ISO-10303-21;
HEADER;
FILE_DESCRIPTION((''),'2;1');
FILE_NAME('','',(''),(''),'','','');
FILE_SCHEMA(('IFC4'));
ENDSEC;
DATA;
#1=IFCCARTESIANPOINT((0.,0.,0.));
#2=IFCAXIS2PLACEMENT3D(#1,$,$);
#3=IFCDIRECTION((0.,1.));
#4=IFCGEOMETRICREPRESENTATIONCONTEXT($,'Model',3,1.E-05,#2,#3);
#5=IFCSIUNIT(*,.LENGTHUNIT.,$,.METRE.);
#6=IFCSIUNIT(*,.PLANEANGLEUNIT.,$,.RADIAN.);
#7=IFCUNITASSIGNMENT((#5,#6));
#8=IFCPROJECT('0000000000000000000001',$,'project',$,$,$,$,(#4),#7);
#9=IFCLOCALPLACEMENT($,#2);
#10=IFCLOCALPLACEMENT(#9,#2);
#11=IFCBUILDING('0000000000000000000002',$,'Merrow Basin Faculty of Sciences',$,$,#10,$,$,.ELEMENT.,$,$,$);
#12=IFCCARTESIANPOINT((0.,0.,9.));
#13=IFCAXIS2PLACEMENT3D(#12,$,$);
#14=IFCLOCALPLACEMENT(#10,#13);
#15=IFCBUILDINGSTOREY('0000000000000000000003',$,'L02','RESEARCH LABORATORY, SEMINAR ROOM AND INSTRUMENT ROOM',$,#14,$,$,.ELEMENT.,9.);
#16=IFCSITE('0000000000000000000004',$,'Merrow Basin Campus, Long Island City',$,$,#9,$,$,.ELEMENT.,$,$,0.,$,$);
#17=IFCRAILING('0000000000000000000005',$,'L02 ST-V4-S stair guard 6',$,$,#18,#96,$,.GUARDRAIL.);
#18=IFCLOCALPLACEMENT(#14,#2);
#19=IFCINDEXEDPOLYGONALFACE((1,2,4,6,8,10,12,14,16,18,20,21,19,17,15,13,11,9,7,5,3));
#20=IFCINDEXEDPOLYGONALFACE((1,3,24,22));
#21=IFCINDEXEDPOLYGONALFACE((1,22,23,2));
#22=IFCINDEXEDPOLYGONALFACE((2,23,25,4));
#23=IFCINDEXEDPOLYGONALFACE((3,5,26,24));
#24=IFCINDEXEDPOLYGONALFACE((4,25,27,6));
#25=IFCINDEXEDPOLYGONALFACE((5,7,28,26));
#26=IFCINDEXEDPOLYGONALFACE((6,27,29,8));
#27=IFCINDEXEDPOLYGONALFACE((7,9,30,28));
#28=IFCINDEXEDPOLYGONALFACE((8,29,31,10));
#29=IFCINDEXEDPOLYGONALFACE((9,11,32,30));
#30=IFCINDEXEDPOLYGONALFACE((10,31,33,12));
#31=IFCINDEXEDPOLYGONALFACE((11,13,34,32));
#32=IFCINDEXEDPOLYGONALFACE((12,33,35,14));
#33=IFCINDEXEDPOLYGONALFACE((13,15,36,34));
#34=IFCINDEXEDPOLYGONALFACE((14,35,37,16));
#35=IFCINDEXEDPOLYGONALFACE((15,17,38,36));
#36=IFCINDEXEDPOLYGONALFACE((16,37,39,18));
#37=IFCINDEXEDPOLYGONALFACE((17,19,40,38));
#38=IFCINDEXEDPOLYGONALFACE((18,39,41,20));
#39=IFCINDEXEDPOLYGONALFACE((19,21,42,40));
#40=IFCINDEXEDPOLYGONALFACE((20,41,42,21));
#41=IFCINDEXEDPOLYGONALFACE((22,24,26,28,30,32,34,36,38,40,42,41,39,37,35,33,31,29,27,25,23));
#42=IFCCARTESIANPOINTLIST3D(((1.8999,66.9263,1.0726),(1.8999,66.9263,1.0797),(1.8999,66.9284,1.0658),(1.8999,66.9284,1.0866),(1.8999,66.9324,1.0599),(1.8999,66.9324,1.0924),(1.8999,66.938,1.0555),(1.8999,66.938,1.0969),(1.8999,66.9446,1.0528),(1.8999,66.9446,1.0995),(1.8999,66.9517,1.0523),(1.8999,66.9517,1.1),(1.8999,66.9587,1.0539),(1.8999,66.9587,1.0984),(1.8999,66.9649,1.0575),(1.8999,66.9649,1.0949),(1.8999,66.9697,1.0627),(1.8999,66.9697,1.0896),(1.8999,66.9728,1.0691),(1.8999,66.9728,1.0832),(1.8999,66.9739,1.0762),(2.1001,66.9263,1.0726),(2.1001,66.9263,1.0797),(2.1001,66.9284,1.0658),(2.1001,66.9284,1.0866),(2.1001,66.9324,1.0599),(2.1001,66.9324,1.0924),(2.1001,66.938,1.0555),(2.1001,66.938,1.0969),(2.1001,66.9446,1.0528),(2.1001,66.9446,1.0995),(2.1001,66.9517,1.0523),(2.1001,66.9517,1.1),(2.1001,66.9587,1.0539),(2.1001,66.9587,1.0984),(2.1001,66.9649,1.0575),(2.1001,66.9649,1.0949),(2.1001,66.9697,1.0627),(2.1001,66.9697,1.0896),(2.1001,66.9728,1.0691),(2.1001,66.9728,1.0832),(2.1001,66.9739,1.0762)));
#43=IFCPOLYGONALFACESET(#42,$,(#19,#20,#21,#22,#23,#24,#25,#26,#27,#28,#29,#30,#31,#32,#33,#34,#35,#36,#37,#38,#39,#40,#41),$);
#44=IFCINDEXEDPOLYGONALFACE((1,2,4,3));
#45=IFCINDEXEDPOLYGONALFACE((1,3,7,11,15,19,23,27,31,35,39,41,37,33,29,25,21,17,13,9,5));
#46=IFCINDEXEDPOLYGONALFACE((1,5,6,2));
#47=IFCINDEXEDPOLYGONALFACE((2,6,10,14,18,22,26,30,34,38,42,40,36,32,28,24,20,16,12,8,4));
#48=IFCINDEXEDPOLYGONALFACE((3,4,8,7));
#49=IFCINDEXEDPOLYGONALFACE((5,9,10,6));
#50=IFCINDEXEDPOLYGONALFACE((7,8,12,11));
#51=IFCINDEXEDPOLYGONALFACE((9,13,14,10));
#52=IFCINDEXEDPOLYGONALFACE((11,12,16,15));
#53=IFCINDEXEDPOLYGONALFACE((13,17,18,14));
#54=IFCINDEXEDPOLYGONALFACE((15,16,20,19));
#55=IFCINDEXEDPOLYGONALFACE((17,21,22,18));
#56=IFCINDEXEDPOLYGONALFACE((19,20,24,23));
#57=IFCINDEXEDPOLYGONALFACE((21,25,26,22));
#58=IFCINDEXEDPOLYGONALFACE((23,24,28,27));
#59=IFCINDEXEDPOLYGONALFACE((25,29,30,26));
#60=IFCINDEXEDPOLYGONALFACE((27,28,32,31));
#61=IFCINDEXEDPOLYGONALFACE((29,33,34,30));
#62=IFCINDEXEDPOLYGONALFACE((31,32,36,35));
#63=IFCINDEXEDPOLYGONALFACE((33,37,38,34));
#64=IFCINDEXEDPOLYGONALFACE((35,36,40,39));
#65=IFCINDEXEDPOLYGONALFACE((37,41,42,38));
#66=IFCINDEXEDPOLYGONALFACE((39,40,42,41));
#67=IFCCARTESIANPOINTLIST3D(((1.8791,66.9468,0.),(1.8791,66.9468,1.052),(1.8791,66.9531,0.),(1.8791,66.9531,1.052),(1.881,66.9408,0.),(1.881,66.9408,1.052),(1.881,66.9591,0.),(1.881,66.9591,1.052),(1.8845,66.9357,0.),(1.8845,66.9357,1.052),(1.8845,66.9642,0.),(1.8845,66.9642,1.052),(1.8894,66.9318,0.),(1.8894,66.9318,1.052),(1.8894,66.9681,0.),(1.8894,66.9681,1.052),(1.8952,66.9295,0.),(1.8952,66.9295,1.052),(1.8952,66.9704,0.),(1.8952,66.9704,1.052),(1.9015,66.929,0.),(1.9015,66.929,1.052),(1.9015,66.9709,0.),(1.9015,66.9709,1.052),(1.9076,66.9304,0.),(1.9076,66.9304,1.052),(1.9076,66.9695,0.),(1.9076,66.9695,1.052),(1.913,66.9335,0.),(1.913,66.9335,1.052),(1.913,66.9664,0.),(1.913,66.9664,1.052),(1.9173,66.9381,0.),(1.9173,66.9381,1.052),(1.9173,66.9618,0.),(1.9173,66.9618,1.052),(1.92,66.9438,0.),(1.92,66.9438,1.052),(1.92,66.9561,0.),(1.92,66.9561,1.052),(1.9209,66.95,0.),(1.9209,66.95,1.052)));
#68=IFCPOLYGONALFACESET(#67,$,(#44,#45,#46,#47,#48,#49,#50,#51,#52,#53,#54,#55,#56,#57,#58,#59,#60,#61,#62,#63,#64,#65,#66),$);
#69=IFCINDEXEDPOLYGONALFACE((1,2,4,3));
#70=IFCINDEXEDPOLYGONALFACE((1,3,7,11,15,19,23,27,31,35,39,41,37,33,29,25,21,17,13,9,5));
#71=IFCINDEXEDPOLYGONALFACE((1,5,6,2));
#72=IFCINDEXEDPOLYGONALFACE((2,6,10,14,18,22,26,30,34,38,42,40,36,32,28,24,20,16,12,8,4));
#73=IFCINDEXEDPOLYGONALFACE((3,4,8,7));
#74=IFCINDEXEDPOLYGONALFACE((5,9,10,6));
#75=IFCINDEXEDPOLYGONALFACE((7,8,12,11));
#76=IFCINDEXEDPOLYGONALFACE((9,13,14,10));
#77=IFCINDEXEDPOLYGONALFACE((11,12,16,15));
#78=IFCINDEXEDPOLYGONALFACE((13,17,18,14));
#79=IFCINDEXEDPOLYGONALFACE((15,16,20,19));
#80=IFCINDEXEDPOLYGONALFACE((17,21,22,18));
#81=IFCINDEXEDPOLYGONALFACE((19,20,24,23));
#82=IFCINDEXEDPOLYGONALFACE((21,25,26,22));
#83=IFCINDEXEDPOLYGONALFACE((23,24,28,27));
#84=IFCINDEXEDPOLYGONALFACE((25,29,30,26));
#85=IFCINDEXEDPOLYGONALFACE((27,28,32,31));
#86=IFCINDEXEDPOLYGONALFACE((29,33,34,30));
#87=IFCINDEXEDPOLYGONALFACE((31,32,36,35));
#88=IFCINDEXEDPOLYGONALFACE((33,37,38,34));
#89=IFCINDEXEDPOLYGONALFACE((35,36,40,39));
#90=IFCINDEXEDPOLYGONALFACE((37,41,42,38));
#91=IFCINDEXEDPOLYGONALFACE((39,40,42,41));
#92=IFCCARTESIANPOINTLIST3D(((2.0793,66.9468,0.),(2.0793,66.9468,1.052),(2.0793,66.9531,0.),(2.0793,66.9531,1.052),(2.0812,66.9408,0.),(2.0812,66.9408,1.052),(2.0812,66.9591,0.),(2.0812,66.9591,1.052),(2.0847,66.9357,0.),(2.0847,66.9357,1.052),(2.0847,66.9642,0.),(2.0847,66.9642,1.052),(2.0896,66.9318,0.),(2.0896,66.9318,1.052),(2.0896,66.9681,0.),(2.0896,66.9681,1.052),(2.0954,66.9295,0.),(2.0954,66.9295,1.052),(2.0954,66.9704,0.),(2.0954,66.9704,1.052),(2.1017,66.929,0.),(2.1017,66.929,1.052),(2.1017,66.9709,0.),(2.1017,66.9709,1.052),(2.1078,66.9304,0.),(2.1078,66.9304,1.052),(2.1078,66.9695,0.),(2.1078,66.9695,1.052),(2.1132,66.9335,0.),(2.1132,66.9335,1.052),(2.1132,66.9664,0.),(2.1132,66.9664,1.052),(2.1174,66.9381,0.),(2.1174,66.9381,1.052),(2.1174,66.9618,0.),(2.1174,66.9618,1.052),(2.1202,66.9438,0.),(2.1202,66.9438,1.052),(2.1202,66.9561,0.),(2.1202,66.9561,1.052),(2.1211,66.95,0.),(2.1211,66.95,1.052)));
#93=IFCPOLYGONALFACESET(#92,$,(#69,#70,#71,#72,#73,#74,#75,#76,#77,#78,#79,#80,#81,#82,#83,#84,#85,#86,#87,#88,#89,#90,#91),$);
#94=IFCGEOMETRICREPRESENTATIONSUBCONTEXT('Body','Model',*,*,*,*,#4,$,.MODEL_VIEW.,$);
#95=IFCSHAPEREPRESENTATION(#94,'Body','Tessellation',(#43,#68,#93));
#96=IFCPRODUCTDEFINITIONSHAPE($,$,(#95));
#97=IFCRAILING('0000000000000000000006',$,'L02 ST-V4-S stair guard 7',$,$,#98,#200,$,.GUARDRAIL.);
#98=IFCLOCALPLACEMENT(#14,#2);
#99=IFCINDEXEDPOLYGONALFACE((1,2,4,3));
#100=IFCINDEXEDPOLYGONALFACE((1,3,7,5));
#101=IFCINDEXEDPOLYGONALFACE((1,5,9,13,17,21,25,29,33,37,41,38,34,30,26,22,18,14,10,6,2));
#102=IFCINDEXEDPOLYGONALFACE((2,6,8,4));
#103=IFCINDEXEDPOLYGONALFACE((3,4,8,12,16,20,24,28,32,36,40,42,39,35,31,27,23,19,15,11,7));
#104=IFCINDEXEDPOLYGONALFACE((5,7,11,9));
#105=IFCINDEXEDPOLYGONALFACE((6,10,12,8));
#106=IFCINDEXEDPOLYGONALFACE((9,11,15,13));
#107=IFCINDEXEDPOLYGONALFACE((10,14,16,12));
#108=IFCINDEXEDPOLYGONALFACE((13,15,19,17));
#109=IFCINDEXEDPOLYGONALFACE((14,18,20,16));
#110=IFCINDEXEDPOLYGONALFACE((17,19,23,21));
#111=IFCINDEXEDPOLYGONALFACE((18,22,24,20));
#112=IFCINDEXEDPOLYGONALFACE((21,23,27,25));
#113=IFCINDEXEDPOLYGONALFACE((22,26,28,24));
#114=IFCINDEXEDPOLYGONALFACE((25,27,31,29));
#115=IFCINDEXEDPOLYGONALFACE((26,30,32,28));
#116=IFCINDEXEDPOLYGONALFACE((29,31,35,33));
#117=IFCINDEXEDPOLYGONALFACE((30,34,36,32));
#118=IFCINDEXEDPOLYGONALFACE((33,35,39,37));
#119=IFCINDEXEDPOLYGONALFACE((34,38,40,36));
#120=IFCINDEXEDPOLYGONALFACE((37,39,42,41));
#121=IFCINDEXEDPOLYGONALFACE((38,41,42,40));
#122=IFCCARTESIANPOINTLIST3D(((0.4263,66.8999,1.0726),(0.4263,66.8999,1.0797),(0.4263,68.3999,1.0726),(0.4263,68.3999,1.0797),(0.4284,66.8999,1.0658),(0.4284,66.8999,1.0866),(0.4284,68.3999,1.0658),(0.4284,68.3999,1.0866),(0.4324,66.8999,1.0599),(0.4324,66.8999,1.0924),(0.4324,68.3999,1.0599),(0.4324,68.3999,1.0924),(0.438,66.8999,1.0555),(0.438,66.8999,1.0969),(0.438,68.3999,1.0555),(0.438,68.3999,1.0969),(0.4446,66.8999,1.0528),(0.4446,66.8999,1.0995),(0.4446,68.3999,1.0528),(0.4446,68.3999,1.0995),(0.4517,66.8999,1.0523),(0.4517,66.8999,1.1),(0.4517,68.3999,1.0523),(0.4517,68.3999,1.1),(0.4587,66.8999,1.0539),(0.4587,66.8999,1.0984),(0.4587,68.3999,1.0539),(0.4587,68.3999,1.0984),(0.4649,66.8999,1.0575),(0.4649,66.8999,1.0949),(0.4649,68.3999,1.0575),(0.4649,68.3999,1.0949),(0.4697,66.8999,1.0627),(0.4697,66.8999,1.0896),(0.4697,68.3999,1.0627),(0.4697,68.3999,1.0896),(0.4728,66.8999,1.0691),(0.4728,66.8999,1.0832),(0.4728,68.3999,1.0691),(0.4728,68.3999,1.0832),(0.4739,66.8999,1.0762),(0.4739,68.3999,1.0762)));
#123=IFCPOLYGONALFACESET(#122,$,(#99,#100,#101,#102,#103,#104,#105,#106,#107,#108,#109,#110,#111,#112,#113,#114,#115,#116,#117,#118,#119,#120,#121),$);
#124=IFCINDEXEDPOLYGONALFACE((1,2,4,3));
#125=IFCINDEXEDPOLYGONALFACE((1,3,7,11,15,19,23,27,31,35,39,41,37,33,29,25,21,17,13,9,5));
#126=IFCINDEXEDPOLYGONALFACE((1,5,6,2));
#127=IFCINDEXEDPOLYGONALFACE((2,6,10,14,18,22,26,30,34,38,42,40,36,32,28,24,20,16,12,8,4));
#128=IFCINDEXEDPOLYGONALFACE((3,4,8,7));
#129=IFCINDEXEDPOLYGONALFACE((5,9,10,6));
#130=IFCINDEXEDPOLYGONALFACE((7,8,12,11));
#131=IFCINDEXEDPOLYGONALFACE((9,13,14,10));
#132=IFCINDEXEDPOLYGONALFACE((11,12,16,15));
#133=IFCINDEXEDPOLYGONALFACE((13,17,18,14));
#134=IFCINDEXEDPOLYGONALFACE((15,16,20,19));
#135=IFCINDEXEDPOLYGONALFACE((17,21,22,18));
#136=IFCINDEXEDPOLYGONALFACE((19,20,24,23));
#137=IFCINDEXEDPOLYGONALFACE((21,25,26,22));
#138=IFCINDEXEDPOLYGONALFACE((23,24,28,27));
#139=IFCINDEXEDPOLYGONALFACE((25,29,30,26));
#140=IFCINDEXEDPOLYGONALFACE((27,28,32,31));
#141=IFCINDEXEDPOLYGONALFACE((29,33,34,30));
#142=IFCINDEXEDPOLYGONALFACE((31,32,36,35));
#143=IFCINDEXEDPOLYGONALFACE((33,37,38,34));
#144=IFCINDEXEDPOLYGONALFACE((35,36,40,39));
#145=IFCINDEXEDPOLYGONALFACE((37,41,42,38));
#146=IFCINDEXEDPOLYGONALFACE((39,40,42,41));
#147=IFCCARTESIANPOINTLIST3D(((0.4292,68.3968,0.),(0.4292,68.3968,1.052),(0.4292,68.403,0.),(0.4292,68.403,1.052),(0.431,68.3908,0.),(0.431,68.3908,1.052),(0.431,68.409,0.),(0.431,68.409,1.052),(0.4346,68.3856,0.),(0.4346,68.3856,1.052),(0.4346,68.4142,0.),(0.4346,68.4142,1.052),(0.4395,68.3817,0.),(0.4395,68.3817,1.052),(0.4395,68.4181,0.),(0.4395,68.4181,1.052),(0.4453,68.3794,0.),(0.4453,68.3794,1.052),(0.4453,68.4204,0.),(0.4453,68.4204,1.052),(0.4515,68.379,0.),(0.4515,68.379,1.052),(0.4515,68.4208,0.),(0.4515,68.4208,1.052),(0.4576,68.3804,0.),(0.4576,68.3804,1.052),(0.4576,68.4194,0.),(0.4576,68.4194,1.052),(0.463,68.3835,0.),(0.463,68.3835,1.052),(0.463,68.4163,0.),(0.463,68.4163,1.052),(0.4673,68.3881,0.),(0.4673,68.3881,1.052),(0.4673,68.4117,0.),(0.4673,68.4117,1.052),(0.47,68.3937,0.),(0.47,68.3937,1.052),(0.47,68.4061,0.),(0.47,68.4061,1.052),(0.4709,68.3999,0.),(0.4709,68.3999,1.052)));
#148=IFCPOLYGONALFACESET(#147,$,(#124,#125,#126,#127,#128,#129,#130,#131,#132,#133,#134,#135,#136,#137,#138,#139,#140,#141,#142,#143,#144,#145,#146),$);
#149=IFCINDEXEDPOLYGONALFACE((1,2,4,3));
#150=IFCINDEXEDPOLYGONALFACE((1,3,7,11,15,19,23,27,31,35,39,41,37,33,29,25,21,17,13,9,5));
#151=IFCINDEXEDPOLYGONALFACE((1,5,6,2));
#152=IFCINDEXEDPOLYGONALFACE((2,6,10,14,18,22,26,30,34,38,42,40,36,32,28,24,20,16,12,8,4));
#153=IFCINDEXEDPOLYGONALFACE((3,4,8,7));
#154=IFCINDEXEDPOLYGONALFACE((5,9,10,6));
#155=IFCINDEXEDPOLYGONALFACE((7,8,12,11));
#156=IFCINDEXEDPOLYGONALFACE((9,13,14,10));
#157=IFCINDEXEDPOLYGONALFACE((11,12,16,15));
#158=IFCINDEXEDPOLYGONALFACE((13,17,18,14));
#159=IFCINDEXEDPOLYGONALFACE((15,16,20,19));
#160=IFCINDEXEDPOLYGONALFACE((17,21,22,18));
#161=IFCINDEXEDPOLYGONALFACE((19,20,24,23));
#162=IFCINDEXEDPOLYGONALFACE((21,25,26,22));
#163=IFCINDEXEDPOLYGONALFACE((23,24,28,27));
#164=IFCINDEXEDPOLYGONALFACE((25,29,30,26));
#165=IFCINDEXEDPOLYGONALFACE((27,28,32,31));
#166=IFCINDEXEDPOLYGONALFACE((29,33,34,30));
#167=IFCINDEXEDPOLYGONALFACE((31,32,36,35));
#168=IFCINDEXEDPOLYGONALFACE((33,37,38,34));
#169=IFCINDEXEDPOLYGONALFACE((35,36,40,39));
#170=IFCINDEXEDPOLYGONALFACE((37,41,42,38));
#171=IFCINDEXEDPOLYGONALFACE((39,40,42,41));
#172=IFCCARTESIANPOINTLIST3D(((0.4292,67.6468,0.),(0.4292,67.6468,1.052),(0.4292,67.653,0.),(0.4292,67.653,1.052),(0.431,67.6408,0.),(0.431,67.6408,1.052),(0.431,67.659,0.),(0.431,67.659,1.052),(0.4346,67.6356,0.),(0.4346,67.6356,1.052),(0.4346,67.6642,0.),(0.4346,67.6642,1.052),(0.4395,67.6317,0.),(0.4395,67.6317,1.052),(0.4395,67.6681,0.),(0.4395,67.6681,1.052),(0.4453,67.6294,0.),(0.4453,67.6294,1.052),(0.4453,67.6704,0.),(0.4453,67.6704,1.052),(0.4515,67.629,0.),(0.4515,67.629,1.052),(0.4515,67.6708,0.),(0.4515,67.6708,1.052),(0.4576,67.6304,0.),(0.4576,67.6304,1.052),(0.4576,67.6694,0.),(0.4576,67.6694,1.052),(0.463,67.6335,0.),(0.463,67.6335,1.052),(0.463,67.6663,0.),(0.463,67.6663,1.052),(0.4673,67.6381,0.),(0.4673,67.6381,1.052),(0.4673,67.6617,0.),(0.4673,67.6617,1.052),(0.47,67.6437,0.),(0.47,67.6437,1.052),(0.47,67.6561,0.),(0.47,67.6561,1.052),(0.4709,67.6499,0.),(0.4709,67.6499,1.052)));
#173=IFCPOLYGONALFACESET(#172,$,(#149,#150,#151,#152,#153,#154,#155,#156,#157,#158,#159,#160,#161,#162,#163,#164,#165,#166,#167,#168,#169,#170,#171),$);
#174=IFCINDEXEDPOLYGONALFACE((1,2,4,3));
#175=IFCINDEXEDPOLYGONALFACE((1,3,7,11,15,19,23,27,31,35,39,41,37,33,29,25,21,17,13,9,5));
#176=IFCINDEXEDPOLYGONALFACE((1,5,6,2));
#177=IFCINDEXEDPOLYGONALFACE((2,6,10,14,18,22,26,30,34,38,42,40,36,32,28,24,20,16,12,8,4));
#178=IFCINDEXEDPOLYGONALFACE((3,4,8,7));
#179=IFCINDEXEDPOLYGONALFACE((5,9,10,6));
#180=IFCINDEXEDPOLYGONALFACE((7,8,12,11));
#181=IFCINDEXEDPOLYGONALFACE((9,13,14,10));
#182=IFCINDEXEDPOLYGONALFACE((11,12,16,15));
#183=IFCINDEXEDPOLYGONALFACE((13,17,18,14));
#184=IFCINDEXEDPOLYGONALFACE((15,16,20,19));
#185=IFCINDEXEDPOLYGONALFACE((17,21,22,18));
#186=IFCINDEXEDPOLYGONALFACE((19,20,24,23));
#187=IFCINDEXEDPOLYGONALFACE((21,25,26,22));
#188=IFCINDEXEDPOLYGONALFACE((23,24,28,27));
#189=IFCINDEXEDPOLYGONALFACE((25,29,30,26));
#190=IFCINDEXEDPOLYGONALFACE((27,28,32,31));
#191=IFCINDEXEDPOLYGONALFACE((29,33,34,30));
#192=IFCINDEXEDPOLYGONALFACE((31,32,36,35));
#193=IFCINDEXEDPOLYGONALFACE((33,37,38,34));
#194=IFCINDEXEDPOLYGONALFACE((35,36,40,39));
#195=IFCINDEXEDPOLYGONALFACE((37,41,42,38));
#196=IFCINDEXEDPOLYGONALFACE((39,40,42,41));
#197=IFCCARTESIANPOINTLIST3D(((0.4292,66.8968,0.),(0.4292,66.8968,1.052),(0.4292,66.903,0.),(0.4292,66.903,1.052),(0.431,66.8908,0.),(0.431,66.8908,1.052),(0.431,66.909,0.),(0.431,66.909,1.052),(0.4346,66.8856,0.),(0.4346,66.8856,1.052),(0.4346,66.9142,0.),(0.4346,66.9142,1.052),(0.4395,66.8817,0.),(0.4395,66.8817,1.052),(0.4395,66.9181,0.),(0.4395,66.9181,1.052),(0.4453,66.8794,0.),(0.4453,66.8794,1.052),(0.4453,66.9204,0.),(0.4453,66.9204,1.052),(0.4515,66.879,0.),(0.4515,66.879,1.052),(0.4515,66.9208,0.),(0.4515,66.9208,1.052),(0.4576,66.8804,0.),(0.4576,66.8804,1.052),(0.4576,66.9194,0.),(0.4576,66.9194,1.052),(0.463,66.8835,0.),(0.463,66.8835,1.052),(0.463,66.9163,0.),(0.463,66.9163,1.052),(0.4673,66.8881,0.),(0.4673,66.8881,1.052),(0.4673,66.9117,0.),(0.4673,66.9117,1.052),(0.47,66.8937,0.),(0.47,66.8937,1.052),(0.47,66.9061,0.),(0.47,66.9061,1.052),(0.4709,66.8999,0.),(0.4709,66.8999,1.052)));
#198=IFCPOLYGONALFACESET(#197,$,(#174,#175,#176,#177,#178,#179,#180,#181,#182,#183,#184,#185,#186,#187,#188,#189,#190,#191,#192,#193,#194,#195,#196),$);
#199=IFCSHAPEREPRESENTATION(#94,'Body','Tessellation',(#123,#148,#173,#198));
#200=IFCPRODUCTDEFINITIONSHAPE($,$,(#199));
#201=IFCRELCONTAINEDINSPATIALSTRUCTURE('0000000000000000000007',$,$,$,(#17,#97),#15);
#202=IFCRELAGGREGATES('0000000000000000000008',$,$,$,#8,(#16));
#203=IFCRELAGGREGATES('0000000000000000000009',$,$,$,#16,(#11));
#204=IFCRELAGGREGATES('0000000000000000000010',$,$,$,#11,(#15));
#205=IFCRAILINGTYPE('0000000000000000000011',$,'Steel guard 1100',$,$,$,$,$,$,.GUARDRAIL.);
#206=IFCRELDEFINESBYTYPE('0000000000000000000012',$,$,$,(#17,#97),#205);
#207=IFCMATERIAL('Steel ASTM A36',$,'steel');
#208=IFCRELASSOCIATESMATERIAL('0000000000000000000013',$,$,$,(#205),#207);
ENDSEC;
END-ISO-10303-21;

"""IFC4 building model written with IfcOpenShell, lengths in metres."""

from ifc_helpers import new_model, si_unit, direction, frame, origin, origin_2d, place, context, subcontext, project, spatial, circle, extrude, material, type_object, element, save


model = new_model("IFC4")

# Units and contexts
model_context = context("Model", 3, precision=1e-05, world=origin(), true_north=direction((0.0, 1.0)))
body_context = subcontext(model_context, "Body", "Model", "MODEL_VIEW")
ifc_project = project(units=[si_unit("LENGTHUNIT", "METRE"), si_unit("PLANEANGLEUNIT", "RADIAN")], contexts=[model_context])

# Site, building, storey
site_placement = place(None, origin())
site = spatial("IfcSite", under=ifc_project, at=site_placement, Name="Merrow Basin Campus, Long Island City", CompositionType="ELEMENT", RefElevation=0.0)
building_placement = place(site_placement, origin())
building = spatial("IfcBuilding", under=site, at=building_placement, Name="Merrow Basin Faculty of Sciences", CompositionType="ELEMENT")
storey_placement = place(building_placement, frame((0.0, 0.0, 9.0)))
storey = spatial("IfcBuildingStorey", under=building, at=storey_placement, Name="L02", Description="RESEARCH LABORATORY, SEMINAR ROOM AND INSTRUMENT ROOM", CompositionType="ELEMENT", Elevation=9.0)

# Railings
ifc_material_1 = material(Name="Steel ASTM A36", Category="steel")
railing_type_1 = type_object("IfcRailingType", Name="Steel guard 1100", PredefinedType="GUARDRAIL", material=ifc_material_1)
railing_1_placement = place(storey_placement, frame((1.8999, 66.95, 0.0)))
element("IfcRailing", 1, at=railing_1_placement, inside=storey, type_object=railing_type_1, Name="L02 ST-V4-S stair guard 6", PredefinedType="GUARDRAIL", context=body_context, shape_type="SweptSolid", body=[
    extrude(circle(Radius=0.0239, at=origin_2d()), frame((0.0, 0.0, 1.0762), z_axis=(1.0, 0.0, 0.0), x_axis=(0.0, 1.0, 0.0)), (0.0, 0.0, 1.0), 0.2002),
    extrude(circle(Radius=0.021, at=origin_2d()), origin(), (0.0, 0.0, 1.0), 1.052),
    extrude(circle(Radius=0.021, at=origin_2d()), frame((0.2002, 0.0, 0.0)), (0.0, 0.0, 1.0), 1.052),
])
railing_2_placement = place(storey_placement, frame((0.45, 68.3999, 0.0)))
element("IfcRailing", 2, at=railing_2_placement, inside=storey, type_object=railing_type_1, Name="L02 ST-V4-S stair guard 7", PredefinedType="GUARDRAIL", context=body_context, shape_type="SweptSolid", body=[
    extrude(circle(Radius=0.0239, at=origin_2d()), frame((0.0, 0.0, 1.0762), z_axis=(0.0, -1.0, 0.0), x_axis=(1.0, 0.0, 0.0)), (0.0, 0.0, 1.0), 1.5),
    extrude(circle(Radius=0.021, at=origin_2d()), origin(), (0.0, 0.0, 1.0), 1.052),
    extrude(circle(Radius=0.021, at=origin_2d()), frame((0.0, -0.75, 0.0)), (0.0, 0.0, 1.0), 1.052),
    extrude(circle(Radius=0.021, at=origin_2d()), frame((0.0, -1.5, 0.0)), (0.0, 0.0, 1.0), 1.052),
])

save(model, "model.ifc")
